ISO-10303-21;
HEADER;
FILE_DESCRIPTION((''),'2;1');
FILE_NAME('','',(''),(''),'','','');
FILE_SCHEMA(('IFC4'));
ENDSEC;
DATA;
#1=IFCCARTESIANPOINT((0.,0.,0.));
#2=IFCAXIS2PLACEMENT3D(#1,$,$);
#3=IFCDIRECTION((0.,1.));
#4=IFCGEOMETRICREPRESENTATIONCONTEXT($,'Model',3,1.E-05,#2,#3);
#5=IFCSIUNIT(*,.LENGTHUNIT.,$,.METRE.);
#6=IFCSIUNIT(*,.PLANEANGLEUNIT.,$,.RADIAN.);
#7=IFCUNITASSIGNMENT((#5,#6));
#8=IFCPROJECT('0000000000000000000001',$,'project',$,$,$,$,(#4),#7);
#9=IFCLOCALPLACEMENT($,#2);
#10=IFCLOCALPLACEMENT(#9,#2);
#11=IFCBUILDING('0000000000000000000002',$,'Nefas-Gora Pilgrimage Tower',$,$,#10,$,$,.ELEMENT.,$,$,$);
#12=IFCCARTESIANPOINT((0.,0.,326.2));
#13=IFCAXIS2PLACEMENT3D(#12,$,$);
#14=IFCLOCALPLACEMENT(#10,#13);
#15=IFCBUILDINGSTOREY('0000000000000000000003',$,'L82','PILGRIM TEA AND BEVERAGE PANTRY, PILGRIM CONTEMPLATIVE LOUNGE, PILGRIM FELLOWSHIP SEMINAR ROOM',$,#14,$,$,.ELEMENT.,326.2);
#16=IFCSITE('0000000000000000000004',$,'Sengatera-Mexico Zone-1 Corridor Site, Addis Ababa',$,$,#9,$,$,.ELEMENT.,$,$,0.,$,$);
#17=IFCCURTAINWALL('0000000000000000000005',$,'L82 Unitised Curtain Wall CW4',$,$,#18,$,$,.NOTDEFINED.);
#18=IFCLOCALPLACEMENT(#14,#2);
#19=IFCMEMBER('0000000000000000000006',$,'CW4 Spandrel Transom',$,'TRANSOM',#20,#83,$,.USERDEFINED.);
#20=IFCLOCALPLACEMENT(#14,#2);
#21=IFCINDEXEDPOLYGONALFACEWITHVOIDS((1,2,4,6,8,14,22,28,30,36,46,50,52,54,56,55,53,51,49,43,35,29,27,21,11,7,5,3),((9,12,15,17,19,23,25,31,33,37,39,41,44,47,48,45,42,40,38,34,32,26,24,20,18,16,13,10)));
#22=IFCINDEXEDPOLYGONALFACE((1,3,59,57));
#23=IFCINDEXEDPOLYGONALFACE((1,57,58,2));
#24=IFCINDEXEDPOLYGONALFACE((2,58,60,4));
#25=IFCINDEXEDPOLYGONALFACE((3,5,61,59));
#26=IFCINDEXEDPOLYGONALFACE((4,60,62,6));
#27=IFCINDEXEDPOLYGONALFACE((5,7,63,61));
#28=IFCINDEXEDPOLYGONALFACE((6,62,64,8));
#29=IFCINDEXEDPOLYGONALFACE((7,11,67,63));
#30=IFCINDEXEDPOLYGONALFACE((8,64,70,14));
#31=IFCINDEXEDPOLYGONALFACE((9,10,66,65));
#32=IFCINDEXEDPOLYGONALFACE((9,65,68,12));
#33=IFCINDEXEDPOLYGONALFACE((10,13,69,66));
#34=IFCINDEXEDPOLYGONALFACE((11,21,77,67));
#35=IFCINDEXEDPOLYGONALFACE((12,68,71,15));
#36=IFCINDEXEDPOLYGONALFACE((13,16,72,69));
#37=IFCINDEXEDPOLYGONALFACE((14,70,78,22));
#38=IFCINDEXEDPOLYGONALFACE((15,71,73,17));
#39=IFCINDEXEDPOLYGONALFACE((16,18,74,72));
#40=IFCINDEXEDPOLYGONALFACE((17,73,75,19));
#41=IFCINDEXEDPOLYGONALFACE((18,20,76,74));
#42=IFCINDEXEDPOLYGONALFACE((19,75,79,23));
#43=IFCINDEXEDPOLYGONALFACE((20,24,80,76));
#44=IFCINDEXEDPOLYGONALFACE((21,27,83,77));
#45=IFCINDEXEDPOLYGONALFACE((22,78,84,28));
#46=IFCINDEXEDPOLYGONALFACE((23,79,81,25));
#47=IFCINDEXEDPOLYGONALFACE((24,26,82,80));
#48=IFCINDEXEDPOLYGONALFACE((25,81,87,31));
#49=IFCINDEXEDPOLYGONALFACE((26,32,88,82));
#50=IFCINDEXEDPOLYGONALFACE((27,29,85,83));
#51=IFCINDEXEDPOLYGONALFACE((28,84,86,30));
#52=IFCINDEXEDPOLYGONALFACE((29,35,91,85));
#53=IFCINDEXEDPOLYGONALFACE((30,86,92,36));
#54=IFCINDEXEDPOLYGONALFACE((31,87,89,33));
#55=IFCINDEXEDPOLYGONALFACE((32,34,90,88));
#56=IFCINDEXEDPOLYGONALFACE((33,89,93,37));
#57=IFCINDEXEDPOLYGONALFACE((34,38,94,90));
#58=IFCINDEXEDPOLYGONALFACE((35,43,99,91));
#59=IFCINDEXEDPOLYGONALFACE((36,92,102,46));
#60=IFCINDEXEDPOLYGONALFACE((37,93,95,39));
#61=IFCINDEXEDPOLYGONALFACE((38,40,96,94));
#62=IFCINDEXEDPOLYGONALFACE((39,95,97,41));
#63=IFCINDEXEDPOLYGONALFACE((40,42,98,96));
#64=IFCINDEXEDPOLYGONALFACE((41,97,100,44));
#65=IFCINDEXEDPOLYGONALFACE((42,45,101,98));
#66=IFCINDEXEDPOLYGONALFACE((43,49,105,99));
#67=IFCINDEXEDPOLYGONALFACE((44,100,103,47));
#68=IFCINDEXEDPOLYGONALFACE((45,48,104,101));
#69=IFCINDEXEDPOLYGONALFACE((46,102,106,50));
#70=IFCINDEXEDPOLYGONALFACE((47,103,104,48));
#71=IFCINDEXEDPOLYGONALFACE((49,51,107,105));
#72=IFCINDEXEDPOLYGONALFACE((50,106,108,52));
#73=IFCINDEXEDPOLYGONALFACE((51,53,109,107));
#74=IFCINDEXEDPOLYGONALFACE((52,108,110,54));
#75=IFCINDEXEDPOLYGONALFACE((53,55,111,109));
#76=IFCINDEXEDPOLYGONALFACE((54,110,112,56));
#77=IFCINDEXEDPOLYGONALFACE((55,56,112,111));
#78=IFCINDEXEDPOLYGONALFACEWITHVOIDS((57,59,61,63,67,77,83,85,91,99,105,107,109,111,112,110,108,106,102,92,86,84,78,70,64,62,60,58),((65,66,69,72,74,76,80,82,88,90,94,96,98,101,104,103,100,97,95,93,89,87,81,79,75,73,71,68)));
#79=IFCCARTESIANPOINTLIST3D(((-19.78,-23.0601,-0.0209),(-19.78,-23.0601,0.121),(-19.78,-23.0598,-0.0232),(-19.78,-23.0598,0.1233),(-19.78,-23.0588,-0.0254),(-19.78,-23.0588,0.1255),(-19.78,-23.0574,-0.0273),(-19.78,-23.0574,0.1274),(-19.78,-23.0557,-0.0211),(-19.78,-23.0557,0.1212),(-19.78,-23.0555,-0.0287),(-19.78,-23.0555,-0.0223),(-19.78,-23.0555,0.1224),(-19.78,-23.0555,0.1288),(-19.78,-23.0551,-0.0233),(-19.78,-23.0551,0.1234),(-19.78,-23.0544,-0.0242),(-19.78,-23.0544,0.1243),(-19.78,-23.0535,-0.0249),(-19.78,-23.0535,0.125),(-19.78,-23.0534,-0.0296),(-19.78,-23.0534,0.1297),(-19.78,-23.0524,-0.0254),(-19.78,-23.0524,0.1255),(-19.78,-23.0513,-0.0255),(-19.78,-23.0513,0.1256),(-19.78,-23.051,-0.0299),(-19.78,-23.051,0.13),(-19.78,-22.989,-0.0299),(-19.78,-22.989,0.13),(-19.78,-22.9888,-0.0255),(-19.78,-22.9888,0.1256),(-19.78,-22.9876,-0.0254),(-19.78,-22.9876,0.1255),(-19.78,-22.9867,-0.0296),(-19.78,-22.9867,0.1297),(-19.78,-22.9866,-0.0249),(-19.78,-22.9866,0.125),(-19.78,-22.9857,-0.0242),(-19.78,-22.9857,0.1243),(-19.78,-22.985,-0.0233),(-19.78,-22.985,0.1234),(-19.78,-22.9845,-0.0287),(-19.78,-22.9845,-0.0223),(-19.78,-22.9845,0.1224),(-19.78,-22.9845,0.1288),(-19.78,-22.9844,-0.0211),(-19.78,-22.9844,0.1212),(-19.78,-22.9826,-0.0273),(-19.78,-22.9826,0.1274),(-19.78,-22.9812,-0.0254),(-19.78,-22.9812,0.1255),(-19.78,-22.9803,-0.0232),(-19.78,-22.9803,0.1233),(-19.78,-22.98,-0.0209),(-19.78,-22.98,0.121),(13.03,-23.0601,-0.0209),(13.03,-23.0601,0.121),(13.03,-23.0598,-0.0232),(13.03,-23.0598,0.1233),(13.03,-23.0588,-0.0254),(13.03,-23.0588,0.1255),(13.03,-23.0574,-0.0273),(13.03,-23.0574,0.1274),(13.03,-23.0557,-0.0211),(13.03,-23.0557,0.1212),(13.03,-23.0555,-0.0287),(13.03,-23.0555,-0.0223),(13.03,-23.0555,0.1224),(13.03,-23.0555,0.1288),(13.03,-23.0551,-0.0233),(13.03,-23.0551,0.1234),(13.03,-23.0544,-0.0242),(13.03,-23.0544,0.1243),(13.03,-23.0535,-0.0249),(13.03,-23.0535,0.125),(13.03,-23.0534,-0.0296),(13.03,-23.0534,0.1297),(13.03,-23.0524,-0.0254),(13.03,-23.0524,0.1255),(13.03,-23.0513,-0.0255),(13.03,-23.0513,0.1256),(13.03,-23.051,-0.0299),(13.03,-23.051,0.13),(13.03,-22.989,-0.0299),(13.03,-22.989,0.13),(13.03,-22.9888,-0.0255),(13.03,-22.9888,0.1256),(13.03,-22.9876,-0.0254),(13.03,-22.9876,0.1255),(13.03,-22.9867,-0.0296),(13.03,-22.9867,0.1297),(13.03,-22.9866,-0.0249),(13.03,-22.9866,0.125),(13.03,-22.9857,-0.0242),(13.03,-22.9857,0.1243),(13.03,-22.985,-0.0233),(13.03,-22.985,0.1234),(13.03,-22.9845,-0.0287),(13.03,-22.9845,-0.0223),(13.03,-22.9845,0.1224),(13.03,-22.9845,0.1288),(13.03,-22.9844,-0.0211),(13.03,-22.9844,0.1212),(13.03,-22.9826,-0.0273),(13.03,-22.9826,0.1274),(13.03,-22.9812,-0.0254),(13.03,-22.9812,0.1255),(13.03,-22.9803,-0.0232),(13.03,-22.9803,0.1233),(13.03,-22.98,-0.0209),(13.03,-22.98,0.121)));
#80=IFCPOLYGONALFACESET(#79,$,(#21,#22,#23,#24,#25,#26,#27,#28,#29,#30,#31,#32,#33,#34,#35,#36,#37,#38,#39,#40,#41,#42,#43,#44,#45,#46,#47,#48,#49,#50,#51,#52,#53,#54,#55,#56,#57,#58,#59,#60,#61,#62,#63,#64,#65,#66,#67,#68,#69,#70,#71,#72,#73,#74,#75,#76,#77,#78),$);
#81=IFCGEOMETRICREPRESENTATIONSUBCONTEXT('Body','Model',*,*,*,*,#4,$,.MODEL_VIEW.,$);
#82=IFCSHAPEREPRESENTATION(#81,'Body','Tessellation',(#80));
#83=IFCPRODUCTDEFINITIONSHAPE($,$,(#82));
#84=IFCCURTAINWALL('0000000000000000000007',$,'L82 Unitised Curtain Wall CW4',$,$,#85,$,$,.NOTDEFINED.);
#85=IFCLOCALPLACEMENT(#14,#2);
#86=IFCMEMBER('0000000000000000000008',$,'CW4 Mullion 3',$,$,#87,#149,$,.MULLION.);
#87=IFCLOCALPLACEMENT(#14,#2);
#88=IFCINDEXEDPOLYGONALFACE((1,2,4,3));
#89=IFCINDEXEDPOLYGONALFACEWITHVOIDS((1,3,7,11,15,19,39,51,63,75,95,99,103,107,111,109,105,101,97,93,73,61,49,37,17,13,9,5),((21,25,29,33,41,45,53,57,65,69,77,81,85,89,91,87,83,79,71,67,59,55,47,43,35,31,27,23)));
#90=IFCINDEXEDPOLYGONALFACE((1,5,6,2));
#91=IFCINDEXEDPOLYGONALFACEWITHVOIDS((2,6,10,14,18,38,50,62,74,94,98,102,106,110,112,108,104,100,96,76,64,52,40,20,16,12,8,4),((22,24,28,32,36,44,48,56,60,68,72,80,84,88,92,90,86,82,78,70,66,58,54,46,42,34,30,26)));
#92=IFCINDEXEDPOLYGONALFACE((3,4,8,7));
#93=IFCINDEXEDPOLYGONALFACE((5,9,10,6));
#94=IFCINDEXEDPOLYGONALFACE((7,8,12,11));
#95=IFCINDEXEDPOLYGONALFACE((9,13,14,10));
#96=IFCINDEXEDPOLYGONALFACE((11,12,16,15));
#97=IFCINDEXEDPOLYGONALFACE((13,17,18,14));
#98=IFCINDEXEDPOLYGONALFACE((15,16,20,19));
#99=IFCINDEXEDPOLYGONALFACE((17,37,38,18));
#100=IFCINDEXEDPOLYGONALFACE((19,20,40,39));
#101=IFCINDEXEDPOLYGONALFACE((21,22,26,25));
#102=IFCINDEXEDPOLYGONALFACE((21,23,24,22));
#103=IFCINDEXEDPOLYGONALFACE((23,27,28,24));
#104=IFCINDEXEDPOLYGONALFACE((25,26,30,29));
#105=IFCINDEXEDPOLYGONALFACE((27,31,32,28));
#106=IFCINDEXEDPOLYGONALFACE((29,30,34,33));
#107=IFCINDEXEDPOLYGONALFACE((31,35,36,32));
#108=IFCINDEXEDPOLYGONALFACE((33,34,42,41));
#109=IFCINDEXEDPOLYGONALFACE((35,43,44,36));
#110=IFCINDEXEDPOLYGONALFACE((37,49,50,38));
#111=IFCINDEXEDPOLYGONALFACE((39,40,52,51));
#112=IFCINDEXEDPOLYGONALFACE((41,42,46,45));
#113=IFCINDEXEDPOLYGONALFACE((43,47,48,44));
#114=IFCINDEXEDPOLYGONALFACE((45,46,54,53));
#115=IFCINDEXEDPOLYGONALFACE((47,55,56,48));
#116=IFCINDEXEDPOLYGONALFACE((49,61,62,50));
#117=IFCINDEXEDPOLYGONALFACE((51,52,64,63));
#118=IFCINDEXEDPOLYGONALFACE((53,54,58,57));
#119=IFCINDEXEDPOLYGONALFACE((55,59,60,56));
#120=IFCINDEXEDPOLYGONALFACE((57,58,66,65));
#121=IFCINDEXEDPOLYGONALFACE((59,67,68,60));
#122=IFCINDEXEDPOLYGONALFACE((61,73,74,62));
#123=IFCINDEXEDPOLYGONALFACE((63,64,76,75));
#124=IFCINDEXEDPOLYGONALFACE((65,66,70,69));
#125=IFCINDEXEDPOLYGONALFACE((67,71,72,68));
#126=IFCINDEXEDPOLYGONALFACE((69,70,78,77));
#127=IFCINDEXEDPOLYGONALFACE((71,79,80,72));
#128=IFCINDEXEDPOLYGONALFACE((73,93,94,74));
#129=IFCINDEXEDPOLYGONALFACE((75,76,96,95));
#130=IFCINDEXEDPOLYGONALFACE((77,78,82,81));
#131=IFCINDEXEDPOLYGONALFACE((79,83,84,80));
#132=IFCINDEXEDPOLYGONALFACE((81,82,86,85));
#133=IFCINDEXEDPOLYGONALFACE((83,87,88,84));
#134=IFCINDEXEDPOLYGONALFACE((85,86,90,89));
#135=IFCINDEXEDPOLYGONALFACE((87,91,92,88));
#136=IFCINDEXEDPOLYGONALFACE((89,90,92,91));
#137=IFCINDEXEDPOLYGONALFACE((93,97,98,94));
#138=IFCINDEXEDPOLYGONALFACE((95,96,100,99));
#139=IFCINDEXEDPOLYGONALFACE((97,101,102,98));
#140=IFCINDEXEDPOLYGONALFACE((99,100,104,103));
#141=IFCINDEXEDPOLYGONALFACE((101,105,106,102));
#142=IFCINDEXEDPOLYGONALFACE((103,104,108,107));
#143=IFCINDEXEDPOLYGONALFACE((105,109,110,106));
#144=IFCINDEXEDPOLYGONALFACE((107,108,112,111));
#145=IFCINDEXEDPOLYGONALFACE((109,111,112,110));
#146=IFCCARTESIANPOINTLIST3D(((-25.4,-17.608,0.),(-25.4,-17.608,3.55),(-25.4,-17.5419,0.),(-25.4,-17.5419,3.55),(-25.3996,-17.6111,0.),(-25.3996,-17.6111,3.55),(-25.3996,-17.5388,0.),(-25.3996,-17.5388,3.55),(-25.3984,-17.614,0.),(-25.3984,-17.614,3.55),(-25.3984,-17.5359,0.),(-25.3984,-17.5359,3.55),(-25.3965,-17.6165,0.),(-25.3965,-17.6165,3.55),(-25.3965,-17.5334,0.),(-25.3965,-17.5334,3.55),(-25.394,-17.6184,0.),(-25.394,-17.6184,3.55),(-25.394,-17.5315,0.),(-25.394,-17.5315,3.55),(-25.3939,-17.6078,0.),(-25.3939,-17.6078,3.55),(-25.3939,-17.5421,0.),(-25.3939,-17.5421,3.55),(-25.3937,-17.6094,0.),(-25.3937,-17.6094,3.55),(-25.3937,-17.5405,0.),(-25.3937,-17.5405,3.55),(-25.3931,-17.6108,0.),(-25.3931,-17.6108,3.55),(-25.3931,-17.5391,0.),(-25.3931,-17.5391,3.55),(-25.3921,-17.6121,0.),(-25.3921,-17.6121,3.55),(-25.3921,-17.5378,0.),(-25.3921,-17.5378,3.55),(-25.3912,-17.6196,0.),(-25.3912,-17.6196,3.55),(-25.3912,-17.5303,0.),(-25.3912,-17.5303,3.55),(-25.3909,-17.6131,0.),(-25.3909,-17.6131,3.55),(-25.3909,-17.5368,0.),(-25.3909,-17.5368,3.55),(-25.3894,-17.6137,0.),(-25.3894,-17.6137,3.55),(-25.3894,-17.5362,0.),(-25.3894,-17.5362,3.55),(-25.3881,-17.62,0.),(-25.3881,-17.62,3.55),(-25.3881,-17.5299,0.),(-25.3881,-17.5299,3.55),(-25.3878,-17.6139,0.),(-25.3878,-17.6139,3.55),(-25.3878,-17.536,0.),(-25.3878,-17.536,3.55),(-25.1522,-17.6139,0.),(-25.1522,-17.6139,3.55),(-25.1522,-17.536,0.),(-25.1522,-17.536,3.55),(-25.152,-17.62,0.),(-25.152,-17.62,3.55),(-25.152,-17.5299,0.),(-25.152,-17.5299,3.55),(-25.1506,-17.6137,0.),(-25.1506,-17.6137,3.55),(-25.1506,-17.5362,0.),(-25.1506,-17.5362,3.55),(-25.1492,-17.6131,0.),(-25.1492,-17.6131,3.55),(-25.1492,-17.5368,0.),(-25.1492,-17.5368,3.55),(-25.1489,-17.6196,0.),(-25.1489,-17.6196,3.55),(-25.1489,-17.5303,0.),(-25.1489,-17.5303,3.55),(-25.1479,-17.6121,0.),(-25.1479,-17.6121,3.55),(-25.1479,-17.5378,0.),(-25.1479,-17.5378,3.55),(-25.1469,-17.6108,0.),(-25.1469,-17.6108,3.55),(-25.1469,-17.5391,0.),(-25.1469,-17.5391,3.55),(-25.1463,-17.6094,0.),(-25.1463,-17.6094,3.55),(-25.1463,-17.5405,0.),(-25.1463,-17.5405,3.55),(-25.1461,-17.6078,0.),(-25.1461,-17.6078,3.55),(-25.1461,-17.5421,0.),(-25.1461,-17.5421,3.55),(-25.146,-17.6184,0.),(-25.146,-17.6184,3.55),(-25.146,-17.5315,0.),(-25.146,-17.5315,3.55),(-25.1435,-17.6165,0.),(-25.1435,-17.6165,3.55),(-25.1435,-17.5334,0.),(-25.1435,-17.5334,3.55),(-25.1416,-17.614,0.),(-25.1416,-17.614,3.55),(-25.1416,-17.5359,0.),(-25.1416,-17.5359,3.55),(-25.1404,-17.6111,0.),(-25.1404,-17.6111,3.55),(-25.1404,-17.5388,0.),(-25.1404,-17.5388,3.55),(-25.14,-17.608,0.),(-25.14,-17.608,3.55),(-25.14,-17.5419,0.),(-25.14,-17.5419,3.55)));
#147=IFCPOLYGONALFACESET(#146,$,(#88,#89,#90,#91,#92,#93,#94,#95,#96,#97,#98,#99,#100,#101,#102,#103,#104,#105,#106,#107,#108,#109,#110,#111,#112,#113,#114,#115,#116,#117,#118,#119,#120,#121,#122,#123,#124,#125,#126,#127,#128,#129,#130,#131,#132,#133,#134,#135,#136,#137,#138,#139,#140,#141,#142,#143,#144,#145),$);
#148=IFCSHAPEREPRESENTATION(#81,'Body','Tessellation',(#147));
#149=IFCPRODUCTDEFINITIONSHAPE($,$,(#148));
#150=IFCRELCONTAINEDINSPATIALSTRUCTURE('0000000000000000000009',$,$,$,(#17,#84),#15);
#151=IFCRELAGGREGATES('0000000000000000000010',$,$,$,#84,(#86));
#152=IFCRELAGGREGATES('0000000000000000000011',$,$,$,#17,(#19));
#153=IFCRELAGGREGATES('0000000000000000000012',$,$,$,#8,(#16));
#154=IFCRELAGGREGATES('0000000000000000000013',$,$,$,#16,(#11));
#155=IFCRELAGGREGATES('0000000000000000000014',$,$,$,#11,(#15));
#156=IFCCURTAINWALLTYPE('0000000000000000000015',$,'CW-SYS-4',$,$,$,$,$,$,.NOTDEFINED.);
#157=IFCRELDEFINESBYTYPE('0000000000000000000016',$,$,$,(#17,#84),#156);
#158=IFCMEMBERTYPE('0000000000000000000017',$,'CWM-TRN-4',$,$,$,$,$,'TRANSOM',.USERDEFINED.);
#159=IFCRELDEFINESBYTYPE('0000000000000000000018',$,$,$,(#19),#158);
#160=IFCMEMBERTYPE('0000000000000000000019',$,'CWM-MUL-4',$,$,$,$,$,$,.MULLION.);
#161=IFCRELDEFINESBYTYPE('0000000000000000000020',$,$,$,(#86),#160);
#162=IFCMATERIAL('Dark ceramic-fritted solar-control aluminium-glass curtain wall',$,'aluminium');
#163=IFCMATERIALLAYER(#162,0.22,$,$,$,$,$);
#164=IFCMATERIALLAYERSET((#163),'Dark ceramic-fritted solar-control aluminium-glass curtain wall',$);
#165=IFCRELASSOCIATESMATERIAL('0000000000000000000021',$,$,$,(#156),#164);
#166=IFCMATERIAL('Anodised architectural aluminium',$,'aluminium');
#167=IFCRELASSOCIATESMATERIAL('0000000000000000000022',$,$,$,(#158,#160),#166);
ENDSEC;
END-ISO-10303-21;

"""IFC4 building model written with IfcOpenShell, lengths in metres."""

from ifc_helpers import new_model, si_unit, direction, frame, origin, origin_2d, place, context, subcontext, project, spatial, hollow_rectangle, extrude, source, transform, mapped, material, layer, layer_set, material_profile, profile_set, type_object, element, aggregate, save


model = new_model("IFC4")

# Units and contexts
model_context = context("Model", 3, precision=1e-05, world=origin(), true_north=direction((0.0, 1.0)))
body_context = subcontext(model_context, "Body", "Model", "MODEL_VIEW")
ifc_project = project(units=[si_unit("LENGTHUNIT", "METRE"), si_unit("PLANEANGLEUNIT", "RADIAN")], contexts=[model_context])

# Site, building, storey
site_placement = place(None, origin())
site = spatial("IfcSite", under=ifc_project, at=site_placement, Name="Sengatera-Mexico Zone-1 Corridor Site, Addis Ababa", CompositionType="ELEMENT", RefElevation=0.0)
building_placement = place(site_placement, origin())
building = spatial("IfcBuilding", under=site, at=building_placement, Name="Nefas-Gora Pilgrimage Tower", CompositionType="ELEMENT")
storey_placement = place(building_placement, frame((0.0, 0.0, 326.2)))
storey = spatial("IfcBuildingStorey", under=building, at=storey_placement, Name="L82", Description="PILGRIM TEA AND BEVERAGE PANTRY, PILGRIM CONTEMPLATIVE LOUNGE, PILGRIM FELLOWSHIP SEMINAR ROOM", CompositionType="ELEMENT", Elevation=326.2)

# Curtain walls, members
ifc_material_1 = material(Name="Dark ceramic-fritted solar-control aluminium-glass curtain wall", Category="aluminium")
ifc_layer_1 = layer(ifc_material_1, 0.22)
ifc_layer_set_1 = layer_set([ifc_layer_1], Name="Dark ceramic-fritted solar-control aluminium-glass curtain wall")
curtain_wall_type = type_object("IfcCurtainWallType", Name="CW-SYS-4", PredefinedType="NOTDEFINED", material=ifc_layer_set_1)
curtain_wall_1_placement = place(storey_placement, origin())
curtain_wall_1 = element("IfcCurtainWall", 1, at=curtain_wall_1_placement, inside=storey, type_object=curtain_wall_type, Name="L82 Unitised Curtain Wall CW4", PredefinedType="NOTDEFINED")
ifc_material_2 = material(Name="Anodised architectural aluminium", Category="aluminium")
ifc_material_profile_1 = material_profile(ifc_material_2, hollow_rectangle(XDim=0.0801, YDim=0.1599, WallThickness=0.0044, InnerFilletRadius=0.0044, OuterFilletRadius=0.009, at=origin_2d()), Name="ALU TRANSOM 80x160")
ifc_profile_set_1 = profile_set([ifc_material_profile_1], Name="Anodised architectural aluminium")
member_type_1 = type_object("IfcMemberType", Name="CWM-TRN-4", ElementType="TRANSOM", PredefinedType="USERDEFINED", material=ifc_profile_set_1)
shared_shape_1 = source(origin(), body_context, "Body", "SweptSolid", [
    extrude(hollow_rectangle(XDim=0.0801, YDim=0.1599, WallThickness=0.0044, InnerFilletRadius=0.0044, OuterFilletRadius=0.009, at=origin_2d()), origin(), (0.0, 0.0, 1.0), 32.8101),
])
member_1_placement = place(storey_placement, frame((-19.78, -23.02, 0.05), z_axis=(1.0, 0.0, 0.0), x_axis=(0.0, 1.0, 0.0)))
member_1 = element("IfcMember", 2, at=member_1_placement, type_object=member_type_1, Name="CW4 Spandrel Transom", ObjectType="TRANSOM", PredefinedType="USERDEFINED", context=body_context, shape_type="MappedRepresentation", body=[
    mapped(shared_shape_1, transform((0.0, 0.0, 0.0), x_axis=(1.0, 0.0, 0.0), y_axis=(0.0, 1.0, 0.0), z_axis=(0.0, 0.0, 1.0), scale=1.0)),
])
curtain_wall_2_placement = place(storey_placement, origin())
curtain_wall_2 = element("IfcCurtainWall", 3, at=curtain_wall_2_placement, inside=storey, type_object=curtain_wall_type, Name="L82 Unitised Curtain Wall CW4", PredefinedType="NOTDEFINED")
ifc_material_profile_2 = material_profile(ifc_material_2, hollow_rectangle(XDim=0.0901, YDim=0.26, WallThickness=0.0061, InnerFilletRadius=0.0061, OuterFilletRadius=0.012, at=origin_2d()), Name="ALU MULLION 90x260")
ifc_profile_set_2 = profile_set([ifc_material_profile_2], Name="Anodised architectural aluminium")
member_type_2 = type_object("IfcMemberType", Name="CWM-MUL-4", PredefinedType="MULLION", material=ifc_profile_set_2)
shared_shape_2 = source(origin(), body_context, "Body", "SweptSolid", [
    extrude(hollow_rectangle(XDim=0.0901, YDim=0.26, WallThickness=0.0061, InnerFilletRadius=0.0061, OuterFilletRadius=0.012, at=origin_2d()), origin(), (0.0, 0.0, 1.0), 3.55),
])
member_2_placement = place(storey_placement, frame((-25.27, -17.575, 0.0), z_axis=(0.0, 0.0, 1.0), x_axis=(0.0, -1.0, 0.0)))
member_2 = element("IfcMember", 4, at=member_2_placement, type_object=member_type_2, Name="CW4 Mullion 3", PredefinedType="MULLION", context=body_context, shape_type="MappedRepresentation", body=[
    mapped(shared_shape_2, transform((0.0, 0.0, 0.0), x_axis=(1.0, 0.0, 0.0), y_axis=(0.0, 1.0, 0.0), z_axis=(0.0, 0.0, 1.0), scale=1.0)),
])
aggregate(curtain_wall_2, [member_2])

aggregate(curtain_wall_1, [member_1])

save(model, "model.ifc")
